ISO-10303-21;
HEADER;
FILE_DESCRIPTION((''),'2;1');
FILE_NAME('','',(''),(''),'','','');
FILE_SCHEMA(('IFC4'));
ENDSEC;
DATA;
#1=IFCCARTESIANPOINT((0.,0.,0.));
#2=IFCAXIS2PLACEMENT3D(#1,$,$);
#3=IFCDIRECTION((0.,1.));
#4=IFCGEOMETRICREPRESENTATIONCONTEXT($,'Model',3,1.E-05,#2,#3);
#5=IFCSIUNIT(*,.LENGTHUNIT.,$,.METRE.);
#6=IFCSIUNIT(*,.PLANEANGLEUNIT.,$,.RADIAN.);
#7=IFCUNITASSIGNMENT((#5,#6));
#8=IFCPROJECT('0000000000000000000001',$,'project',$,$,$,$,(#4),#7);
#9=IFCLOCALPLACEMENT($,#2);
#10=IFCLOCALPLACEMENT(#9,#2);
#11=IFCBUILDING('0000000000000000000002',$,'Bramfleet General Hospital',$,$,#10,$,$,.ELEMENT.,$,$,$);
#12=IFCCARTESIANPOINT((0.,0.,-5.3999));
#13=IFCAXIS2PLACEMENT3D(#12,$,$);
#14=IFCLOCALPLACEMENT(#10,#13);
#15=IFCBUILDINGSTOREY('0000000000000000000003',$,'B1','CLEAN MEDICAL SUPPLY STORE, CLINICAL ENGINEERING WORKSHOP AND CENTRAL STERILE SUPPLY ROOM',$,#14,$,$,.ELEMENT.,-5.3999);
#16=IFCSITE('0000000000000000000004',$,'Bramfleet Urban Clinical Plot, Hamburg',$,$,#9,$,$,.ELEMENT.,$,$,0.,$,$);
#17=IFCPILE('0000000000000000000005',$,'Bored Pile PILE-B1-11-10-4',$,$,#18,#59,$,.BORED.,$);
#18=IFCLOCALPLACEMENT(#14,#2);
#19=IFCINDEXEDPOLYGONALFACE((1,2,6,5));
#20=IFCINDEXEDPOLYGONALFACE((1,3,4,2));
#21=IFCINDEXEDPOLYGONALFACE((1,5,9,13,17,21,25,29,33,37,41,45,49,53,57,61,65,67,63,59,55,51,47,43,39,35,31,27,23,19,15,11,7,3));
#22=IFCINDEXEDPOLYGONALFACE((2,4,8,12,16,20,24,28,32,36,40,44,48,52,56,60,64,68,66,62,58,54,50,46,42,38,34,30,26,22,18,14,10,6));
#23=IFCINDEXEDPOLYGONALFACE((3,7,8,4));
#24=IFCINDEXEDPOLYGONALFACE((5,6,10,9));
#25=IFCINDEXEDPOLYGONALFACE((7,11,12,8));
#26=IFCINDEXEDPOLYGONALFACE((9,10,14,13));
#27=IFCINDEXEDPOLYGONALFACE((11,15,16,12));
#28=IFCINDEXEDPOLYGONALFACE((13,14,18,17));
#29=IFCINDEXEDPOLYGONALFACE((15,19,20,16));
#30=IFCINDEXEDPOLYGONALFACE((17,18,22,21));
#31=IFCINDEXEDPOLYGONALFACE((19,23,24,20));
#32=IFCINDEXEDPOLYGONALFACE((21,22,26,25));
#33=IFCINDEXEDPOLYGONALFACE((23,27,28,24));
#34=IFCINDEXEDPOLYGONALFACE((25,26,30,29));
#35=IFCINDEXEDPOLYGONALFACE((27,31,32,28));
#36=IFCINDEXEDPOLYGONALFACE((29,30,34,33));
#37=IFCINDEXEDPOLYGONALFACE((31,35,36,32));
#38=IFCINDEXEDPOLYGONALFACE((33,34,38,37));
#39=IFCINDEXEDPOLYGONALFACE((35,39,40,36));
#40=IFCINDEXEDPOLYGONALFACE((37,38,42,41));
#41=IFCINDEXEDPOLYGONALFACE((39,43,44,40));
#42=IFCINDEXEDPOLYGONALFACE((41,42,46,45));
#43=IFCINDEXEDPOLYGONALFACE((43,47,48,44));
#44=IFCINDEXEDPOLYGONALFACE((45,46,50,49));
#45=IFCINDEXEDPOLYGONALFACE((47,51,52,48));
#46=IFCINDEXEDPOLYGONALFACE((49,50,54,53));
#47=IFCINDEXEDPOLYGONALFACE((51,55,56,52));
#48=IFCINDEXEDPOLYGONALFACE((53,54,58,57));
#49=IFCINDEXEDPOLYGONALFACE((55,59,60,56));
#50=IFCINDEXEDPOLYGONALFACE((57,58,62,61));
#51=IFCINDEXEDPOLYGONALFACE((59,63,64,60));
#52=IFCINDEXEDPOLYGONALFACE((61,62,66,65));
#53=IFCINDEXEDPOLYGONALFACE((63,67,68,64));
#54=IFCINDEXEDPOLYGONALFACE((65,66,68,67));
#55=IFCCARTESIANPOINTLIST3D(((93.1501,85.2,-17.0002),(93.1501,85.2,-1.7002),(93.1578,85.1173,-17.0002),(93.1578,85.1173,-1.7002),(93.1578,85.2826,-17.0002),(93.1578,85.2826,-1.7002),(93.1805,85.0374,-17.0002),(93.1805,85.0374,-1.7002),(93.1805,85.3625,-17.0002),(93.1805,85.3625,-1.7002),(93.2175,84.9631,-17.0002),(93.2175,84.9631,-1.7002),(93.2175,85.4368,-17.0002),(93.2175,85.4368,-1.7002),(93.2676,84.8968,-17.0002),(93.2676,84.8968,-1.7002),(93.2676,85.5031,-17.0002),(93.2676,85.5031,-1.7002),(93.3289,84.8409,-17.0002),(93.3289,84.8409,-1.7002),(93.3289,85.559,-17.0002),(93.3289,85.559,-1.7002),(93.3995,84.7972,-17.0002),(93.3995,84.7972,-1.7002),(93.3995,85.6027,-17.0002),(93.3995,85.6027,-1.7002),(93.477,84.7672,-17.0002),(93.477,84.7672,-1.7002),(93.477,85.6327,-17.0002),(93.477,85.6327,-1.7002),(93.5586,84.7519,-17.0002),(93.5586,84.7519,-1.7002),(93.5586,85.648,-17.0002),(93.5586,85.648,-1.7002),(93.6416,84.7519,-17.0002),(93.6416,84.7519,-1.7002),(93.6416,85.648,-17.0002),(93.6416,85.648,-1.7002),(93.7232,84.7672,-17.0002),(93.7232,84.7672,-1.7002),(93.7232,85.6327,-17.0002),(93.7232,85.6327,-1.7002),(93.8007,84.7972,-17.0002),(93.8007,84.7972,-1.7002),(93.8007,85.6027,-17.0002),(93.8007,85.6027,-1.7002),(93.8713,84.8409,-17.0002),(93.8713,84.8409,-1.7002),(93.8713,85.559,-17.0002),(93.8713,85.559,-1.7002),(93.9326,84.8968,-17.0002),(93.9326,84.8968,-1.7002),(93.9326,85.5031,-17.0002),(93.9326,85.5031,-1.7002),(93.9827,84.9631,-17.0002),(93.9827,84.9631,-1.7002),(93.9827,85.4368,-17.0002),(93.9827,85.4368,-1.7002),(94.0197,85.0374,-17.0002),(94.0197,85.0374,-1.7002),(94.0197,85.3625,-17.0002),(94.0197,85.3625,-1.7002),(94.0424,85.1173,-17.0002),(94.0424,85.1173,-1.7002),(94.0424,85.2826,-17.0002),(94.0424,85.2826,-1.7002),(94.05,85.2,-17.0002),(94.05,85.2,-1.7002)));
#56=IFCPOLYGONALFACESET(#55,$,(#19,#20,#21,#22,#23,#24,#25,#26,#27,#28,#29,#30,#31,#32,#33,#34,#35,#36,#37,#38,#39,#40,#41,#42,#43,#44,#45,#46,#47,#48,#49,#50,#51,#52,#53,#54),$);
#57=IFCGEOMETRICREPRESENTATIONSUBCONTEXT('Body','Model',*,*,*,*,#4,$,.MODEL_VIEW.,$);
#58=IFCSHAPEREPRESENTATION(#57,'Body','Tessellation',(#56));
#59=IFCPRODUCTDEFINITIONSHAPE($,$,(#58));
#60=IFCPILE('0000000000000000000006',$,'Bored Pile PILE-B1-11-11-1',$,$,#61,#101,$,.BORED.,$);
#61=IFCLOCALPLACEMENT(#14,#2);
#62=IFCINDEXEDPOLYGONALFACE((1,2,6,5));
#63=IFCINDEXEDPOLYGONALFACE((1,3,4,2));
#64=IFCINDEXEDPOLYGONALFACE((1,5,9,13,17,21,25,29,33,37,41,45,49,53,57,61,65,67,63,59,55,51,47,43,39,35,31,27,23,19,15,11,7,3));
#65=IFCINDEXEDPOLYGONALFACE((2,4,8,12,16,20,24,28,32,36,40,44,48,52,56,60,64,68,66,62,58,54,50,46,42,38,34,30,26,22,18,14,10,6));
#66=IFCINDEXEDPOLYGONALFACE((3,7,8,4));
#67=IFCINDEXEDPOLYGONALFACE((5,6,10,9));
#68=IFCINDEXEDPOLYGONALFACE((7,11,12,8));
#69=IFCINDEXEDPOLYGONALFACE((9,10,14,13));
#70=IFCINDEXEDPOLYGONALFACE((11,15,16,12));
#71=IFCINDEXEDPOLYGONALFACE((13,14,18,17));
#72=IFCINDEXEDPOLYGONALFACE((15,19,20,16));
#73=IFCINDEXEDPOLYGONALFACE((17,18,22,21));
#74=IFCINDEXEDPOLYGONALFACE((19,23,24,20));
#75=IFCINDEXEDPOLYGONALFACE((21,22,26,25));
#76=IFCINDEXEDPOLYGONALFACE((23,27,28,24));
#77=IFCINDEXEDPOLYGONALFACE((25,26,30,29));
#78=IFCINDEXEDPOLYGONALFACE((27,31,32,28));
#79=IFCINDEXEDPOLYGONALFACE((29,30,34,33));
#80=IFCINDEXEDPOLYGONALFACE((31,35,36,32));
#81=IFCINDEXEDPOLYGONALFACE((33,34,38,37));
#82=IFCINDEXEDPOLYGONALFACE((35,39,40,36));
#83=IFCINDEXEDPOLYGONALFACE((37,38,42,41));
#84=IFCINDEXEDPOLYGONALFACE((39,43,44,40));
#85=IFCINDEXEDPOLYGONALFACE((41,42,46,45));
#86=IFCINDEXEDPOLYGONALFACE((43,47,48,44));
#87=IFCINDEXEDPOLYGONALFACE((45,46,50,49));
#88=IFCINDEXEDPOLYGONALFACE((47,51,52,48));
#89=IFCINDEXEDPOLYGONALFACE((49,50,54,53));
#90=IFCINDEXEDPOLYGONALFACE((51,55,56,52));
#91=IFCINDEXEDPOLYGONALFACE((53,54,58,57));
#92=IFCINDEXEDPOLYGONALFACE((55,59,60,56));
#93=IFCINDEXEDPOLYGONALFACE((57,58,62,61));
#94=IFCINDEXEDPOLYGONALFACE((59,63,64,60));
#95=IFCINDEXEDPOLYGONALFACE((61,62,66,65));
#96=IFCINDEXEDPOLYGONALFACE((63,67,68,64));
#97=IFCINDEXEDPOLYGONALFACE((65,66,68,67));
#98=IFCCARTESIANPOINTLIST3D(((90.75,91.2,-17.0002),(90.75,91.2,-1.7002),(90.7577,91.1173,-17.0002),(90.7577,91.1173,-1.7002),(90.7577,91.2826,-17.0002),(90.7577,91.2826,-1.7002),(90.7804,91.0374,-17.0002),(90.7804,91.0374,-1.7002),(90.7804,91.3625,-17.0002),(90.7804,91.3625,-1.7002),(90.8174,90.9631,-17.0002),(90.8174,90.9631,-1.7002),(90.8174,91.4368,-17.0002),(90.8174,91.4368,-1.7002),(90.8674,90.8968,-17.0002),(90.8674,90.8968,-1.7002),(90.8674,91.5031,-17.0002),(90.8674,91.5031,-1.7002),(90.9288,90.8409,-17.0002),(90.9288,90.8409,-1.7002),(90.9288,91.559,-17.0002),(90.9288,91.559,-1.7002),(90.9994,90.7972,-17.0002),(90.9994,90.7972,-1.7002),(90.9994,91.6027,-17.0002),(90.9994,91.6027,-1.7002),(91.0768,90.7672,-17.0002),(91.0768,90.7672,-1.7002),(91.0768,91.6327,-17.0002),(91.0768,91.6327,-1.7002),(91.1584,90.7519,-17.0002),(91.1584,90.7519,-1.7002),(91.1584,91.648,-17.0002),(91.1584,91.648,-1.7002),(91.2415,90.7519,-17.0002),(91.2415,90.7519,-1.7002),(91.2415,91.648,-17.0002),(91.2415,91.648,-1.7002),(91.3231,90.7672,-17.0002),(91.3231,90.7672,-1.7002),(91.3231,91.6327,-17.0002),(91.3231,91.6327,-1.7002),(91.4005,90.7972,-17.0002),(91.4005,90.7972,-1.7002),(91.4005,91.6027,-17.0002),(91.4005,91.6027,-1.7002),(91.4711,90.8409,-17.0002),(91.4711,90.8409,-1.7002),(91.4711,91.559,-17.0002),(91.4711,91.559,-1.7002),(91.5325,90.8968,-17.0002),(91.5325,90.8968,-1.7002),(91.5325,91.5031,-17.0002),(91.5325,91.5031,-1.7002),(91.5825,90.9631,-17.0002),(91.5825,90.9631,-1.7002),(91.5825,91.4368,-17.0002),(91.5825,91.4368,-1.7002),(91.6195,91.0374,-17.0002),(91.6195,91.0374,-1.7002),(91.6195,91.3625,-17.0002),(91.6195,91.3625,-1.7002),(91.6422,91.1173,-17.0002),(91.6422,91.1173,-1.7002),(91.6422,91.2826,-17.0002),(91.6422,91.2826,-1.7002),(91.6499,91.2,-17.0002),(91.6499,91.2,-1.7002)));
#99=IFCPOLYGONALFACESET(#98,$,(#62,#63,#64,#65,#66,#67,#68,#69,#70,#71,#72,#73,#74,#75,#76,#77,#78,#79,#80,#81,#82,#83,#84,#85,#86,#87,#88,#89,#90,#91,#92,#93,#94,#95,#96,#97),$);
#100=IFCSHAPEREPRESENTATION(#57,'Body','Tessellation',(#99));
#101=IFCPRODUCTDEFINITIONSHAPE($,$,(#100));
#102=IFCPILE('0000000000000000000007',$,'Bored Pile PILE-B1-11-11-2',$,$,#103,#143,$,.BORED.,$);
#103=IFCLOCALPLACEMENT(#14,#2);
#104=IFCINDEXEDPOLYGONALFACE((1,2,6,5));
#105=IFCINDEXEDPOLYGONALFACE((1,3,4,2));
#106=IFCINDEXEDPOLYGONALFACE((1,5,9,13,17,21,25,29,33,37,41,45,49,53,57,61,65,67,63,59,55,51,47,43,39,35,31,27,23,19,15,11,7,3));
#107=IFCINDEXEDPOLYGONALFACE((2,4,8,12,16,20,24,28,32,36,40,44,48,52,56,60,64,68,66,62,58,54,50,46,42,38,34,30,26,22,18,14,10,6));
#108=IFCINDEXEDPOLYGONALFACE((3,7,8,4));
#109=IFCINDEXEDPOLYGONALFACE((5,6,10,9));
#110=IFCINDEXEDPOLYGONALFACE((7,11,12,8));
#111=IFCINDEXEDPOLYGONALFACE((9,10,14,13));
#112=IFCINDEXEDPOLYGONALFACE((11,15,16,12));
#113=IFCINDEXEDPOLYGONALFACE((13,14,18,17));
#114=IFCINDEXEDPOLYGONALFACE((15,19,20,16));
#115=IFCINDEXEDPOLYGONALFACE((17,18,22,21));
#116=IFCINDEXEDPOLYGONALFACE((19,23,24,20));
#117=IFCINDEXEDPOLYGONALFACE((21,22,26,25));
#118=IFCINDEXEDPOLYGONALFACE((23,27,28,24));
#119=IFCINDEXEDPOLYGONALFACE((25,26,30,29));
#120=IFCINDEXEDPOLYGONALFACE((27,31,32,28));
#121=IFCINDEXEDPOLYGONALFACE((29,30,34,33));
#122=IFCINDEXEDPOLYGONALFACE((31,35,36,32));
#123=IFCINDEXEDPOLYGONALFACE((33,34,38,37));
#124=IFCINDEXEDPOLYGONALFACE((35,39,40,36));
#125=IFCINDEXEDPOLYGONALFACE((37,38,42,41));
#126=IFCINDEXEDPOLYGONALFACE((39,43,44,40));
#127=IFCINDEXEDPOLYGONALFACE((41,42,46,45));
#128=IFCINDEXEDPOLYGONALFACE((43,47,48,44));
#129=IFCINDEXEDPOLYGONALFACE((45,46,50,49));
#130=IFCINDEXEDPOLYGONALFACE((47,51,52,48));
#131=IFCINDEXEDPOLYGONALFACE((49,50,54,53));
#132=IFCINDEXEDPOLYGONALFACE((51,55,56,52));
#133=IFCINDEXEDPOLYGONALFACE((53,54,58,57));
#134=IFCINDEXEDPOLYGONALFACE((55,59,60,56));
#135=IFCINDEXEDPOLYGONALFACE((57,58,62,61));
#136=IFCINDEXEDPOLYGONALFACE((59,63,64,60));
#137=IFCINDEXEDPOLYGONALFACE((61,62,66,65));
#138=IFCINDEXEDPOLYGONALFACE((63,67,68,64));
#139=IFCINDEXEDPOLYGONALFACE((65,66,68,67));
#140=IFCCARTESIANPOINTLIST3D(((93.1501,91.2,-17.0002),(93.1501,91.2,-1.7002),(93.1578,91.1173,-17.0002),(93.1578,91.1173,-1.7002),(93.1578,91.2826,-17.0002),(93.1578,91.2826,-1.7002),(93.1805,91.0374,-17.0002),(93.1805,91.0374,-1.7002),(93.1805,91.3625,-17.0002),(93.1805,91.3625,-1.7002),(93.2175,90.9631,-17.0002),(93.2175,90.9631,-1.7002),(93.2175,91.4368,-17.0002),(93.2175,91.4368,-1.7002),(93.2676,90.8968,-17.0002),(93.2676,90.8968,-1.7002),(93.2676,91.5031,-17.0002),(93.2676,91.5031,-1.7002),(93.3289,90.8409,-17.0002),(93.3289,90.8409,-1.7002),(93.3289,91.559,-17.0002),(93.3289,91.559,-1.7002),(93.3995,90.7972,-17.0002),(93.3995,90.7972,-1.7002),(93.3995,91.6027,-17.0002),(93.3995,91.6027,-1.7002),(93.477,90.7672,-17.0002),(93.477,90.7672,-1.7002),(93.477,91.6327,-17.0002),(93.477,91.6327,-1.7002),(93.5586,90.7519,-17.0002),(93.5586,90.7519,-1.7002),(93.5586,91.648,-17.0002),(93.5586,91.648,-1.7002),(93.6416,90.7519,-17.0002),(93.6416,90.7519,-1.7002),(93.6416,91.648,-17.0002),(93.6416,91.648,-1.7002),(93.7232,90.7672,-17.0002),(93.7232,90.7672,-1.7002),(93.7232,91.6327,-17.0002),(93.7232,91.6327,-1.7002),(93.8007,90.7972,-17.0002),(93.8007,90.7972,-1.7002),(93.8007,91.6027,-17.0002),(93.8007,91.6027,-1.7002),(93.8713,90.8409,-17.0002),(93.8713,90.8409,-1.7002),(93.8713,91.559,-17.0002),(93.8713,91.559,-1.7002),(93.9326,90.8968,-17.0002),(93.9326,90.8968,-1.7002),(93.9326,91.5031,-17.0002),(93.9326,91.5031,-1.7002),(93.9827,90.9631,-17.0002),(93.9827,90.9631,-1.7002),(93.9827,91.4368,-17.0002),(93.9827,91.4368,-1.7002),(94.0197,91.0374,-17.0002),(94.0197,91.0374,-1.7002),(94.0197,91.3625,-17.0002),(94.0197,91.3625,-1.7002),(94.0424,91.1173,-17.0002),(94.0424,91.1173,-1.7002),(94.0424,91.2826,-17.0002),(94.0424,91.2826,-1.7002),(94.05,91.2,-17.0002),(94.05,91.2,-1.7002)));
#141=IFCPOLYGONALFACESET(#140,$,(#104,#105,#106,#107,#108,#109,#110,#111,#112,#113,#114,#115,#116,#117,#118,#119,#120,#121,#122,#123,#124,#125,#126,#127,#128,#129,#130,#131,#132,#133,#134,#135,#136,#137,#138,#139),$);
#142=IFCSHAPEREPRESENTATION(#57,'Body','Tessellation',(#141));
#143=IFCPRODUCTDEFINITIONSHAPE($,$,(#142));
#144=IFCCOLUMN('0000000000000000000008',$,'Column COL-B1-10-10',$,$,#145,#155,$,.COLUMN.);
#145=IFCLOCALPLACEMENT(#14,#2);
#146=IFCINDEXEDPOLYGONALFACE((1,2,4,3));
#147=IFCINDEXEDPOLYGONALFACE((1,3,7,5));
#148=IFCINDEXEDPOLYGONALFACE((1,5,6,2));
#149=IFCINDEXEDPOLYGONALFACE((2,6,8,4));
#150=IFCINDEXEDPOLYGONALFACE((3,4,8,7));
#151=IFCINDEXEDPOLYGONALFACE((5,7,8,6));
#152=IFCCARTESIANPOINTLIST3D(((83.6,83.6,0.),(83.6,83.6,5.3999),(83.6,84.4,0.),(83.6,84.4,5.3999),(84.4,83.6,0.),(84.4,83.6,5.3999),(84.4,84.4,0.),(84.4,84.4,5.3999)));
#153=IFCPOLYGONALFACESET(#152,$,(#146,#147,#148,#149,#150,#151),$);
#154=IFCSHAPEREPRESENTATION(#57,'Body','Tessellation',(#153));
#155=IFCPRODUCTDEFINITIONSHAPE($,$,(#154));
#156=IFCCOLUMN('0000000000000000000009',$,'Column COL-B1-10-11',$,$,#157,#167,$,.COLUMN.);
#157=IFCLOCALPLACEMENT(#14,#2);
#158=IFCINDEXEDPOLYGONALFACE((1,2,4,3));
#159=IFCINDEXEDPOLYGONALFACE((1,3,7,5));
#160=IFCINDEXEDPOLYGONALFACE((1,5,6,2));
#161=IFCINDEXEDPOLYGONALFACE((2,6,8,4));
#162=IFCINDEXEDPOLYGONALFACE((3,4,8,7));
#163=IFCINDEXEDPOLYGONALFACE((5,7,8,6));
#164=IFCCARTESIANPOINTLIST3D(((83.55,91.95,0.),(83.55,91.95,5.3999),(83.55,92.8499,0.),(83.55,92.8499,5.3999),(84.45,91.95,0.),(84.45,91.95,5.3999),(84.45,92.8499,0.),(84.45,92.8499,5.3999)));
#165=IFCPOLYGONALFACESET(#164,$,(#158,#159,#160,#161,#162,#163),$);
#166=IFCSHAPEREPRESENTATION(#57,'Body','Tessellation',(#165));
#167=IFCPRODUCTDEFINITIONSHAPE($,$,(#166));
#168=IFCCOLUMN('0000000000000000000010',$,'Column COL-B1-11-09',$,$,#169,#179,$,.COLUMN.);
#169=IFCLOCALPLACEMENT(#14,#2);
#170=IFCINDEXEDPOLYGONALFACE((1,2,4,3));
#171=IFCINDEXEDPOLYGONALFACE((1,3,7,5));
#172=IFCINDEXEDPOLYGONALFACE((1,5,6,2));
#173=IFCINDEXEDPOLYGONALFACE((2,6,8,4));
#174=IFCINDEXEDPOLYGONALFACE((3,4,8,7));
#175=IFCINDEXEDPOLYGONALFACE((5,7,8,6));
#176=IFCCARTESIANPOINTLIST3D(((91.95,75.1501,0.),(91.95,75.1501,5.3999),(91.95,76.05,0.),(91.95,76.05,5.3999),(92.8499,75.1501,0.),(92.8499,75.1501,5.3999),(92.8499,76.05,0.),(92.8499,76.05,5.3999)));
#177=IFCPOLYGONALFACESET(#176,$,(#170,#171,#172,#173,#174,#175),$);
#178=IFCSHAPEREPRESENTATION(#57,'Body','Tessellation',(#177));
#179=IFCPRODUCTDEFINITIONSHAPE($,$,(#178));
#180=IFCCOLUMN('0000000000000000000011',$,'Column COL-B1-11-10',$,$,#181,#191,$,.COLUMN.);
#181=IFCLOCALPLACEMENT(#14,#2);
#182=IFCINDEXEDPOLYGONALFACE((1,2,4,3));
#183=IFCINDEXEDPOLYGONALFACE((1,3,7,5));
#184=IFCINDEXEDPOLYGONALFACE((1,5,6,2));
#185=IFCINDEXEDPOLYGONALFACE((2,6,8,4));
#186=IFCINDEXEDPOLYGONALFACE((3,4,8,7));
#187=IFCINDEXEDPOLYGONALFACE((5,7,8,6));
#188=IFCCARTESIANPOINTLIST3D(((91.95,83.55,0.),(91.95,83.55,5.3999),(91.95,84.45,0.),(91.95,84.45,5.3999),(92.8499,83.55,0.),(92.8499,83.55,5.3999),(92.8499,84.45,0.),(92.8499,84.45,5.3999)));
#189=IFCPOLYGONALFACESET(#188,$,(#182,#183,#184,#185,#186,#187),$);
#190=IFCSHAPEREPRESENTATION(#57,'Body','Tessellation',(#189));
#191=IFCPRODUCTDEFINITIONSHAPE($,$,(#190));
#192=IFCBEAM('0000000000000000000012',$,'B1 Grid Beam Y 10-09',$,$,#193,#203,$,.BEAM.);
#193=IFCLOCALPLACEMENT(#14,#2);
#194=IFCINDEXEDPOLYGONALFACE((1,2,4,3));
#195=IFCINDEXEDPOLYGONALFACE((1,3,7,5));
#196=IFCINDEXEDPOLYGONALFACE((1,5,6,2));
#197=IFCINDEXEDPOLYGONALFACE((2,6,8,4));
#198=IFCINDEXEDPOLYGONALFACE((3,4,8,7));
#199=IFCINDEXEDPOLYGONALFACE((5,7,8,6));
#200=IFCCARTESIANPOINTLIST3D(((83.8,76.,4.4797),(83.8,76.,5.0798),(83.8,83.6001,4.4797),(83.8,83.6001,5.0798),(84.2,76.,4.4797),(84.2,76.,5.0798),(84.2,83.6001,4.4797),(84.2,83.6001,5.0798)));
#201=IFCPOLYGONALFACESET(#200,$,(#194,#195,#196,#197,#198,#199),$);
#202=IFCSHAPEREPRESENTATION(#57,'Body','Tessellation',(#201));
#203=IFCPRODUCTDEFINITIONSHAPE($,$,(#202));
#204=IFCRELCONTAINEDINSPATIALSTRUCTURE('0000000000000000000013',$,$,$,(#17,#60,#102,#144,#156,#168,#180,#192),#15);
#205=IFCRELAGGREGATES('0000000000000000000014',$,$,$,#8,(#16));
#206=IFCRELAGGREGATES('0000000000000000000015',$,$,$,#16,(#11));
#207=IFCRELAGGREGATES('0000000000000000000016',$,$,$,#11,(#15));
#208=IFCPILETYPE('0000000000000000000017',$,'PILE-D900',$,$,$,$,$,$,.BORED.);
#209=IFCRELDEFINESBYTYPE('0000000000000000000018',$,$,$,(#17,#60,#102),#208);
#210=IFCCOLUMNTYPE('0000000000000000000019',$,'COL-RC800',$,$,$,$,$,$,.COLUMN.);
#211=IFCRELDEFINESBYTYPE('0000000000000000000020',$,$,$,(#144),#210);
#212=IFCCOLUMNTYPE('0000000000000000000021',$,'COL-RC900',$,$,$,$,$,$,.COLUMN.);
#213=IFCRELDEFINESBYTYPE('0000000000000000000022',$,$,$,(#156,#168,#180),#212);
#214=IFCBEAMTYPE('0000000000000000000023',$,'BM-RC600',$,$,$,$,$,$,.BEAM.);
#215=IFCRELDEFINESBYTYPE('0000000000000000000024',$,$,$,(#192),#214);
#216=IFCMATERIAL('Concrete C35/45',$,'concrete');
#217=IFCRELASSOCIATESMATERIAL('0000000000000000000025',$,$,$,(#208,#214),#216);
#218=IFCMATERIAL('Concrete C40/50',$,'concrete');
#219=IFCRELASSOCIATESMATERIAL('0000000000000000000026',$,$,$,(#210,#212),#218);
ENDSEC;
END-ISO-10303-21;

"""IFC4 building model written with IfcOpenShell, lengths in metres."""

from ifc_helpers import new_model, si_unit, direction, frame, origin, origin_2d, place, context, subcontext, project, spatial, rectangle, circle, extrude, material, material_profile, profile_set, type_object, element, save


model = new_model("IFC4")

# Units and contexts
model_context = context("Model", 3, precision=1e-05, world=origin(), true_north=direction((0.0, 1.0)))
body_context = subcontext(model_context, "Body", "Model", "MODEL_VIEW")
ifc_project = project(units=[si_unit("LENGTHUNIT", "METRE"), si_unit("PLANEANGLEUNIT", "RADIAN")], contexts=[model_context])

# Site, building, storey
site_placement = place(None, origin())
site = spatial("IfcSite", under=ifc_project, at=site_placement, Name="Bramfleet Urban Clinical Plot, Hamburg", CompositionType="ELEMENT", RefElevation=0.0)
building_placement = place(site_placement, origin())
building = spatial("IfcBuilding", under=site, at=building_placement, Name="Bramfleet General Hospital", CompositionType="ELEMENT")
storey_placement = place(building_placement, frame((0.0, 0.0, -5.3999)))
storey = spatial("IfcBuildingStorey", under=building, at=storey_placement, Name="B1", Description="CLEAN MEDICAL SUPPLY STORE, CLINICAL ENGINEERING WORKSHOP AND CENTRAL STERILE SUPPLY ROOM", CompositionType="ELEMENT", Elevation=-5.3999)

# Shared definitions
ifc_material_1 = material(Name="Concrete C35/45", Category="concrete")

# Piles
ifc_material_profile_1 = material_profile(ifc_material_1, circle(Radius=0.45, at=origin_2d()), Name="PILE BORED D900")
ifc_profile_set_1 = profile_set([ifc_material_profile_1], Name="Concrete C35/45")
pile_type_1 = type_object("IfcPileType", Name="PILE-D900", PredefinedType="BORED", material=ifc_profile_set_1)
for number, where, z_axis, x_axis, name in (
    (1, (93.6001, 85.2, -1.7002), (0.0, 0.0, -1.0), (1.0, 0.0, 0.0), "Bored Pile PILE-B1-11-10-4"),
    (2, (91.2, 91.2, -1.7002), (0.0, 0.0, -1.0), (1.0, 0.0, 0.0), "Bored Pile PILE-B1-11-11-1"),
    (3, (93.6001, 91.2, -1.7002), (0.0, 0.0, -1.0), (1.0, 0.0, 0.0), "Bored Pile PILE-B1-11-11-2"),
):
    element("IfcPile", number, at=place(storey_placement, frame(where, z_axis=z_axis, x_axis=x_axis)), inside=storey, type_object=pile_type_1, Name=name, PredefinedType="BORED", context=body_context, shape_type="SweptSolid", body=[
        extrude(circle(Radius=0.45, at=origin_2d()), origin(), (0.0, 0.0, 1.0), 15.3),
    ])

# Columns
ifc_material_2 = material(Name="Concrete C40/50", Category="concrete")
ifc_material_profile_2 = material_profile(ifc_material_2, rectangle(XDim=0.8, YDim=0.8, at=origin_2d()), Name="RC COL 800x800")
ifc_profile_set_2 = profile_set([ifc_material_profile_2], Name="Concrete C40/50")
column_type_1 = type_object("IfcColumnType", Name="COL-RC800", PredefinedType="COLUMN", material=ifc_profile_set_2)
column_placement = place(storey_placement, frame((84.0, 84.0, 0.0), z_axis=(0.0, 0.0, 1.0), x_axis=(1.0, 0.0, 0.0)))
element("IfcColumn", 4, at=column_placement, inside=storey, type_object=column_type_1, Name="Column COL-B1-10-10", PredefinedType="COLUMN", context=body_context, shape_type="SweptSolid", body=[
    extrude(rectangle(XDim=0.8, YDim=0.8, at=origin_2d()), origin(), (0.0, 0.0, 1.0), 5.3999),
])
ifc_material_profile_3 = material_profile(ifc_material_2, rectangle(XDim=0.8999, YDim=0.8999, at=origin_2d()), Name="RC COL 900x900")
ifc_profile_set_3 = profile_set([ifc_material_profile_3], Name="Concrete C40/50")
column_type_2 = type_object("IfcColumnType", Name="COL-RC900", PredefinedType="COLUMN", material=ifc_profile_set_3)
for number, where, z_axis, x_axis, name in (
    (5, (84.0, 92.3999, 0.0), (0.0, 0.0, 1.0), (1.0, 0.0, 0.0), "Column COL-B1-10-11"),
    (6, (92.3999, 75.6001, 0.0), (0.0, 0.0, 1.0), (1.0, 0.0, 0.0), "Column COL-B1-11-09"),
    (7, (92.3999, 84.0, 0.0), (0.0, 0.0, 1.0), (1.0, 0.0, 0.0), "Column COL-B1-11-10"),
):
    element("IfcColumn", number, at=place(storey_placement, frame(where, z_axis=z_axis, x_axis=x_axis)), inside=storey, type_object=column_type_2, Name=name, PredefinedType="COLUMN", context=body_context, shape_type="SweptSolid", body=[
        extrude(rectangle(XDim=0.8999, YDim=0.8999, at=origin_2d()), origin(), (0.0, 0.0, 1.0), 5.3999),
    ])

# Beam
ifc_material_profile_4 = material_profile(ifc_material_1, rectangle(XDim=0.3999, YDim=0.6001, at=origin_2d()), Name="RC BM 600x400")
ifc_profile_set_4 = profile_set([ifc_material_profile_4], Name="Concrete C35/45")
beam_type_1 = type_object("IfcBeamType", Name="BM-RC600", PredefinedType="BEAM", material=ifc_profile_set_4)
beam_1_placement = place(storey_placement, frame((84.0, 76.0, 4.7798), z_axis=(0.0, 1.0, 0.0), x_axis=(-1.0, 0.0, 0.0)))
element("IfcBeam", 8, at=beam_1_placement, inside=storey, type_object=beam_type_1, Name="B1 Grid Beam Y 10-09", PredefinedType="BEAM", context=body_context, shape_type="SweptSolid", body=[
    extrude(rectangle(XDim=0.3999, YDim=0.6001, at=origin_2d()), origin(), (0.0, 0.0, 1.0), 7.6001),
])

save(model, "model.ifc")
